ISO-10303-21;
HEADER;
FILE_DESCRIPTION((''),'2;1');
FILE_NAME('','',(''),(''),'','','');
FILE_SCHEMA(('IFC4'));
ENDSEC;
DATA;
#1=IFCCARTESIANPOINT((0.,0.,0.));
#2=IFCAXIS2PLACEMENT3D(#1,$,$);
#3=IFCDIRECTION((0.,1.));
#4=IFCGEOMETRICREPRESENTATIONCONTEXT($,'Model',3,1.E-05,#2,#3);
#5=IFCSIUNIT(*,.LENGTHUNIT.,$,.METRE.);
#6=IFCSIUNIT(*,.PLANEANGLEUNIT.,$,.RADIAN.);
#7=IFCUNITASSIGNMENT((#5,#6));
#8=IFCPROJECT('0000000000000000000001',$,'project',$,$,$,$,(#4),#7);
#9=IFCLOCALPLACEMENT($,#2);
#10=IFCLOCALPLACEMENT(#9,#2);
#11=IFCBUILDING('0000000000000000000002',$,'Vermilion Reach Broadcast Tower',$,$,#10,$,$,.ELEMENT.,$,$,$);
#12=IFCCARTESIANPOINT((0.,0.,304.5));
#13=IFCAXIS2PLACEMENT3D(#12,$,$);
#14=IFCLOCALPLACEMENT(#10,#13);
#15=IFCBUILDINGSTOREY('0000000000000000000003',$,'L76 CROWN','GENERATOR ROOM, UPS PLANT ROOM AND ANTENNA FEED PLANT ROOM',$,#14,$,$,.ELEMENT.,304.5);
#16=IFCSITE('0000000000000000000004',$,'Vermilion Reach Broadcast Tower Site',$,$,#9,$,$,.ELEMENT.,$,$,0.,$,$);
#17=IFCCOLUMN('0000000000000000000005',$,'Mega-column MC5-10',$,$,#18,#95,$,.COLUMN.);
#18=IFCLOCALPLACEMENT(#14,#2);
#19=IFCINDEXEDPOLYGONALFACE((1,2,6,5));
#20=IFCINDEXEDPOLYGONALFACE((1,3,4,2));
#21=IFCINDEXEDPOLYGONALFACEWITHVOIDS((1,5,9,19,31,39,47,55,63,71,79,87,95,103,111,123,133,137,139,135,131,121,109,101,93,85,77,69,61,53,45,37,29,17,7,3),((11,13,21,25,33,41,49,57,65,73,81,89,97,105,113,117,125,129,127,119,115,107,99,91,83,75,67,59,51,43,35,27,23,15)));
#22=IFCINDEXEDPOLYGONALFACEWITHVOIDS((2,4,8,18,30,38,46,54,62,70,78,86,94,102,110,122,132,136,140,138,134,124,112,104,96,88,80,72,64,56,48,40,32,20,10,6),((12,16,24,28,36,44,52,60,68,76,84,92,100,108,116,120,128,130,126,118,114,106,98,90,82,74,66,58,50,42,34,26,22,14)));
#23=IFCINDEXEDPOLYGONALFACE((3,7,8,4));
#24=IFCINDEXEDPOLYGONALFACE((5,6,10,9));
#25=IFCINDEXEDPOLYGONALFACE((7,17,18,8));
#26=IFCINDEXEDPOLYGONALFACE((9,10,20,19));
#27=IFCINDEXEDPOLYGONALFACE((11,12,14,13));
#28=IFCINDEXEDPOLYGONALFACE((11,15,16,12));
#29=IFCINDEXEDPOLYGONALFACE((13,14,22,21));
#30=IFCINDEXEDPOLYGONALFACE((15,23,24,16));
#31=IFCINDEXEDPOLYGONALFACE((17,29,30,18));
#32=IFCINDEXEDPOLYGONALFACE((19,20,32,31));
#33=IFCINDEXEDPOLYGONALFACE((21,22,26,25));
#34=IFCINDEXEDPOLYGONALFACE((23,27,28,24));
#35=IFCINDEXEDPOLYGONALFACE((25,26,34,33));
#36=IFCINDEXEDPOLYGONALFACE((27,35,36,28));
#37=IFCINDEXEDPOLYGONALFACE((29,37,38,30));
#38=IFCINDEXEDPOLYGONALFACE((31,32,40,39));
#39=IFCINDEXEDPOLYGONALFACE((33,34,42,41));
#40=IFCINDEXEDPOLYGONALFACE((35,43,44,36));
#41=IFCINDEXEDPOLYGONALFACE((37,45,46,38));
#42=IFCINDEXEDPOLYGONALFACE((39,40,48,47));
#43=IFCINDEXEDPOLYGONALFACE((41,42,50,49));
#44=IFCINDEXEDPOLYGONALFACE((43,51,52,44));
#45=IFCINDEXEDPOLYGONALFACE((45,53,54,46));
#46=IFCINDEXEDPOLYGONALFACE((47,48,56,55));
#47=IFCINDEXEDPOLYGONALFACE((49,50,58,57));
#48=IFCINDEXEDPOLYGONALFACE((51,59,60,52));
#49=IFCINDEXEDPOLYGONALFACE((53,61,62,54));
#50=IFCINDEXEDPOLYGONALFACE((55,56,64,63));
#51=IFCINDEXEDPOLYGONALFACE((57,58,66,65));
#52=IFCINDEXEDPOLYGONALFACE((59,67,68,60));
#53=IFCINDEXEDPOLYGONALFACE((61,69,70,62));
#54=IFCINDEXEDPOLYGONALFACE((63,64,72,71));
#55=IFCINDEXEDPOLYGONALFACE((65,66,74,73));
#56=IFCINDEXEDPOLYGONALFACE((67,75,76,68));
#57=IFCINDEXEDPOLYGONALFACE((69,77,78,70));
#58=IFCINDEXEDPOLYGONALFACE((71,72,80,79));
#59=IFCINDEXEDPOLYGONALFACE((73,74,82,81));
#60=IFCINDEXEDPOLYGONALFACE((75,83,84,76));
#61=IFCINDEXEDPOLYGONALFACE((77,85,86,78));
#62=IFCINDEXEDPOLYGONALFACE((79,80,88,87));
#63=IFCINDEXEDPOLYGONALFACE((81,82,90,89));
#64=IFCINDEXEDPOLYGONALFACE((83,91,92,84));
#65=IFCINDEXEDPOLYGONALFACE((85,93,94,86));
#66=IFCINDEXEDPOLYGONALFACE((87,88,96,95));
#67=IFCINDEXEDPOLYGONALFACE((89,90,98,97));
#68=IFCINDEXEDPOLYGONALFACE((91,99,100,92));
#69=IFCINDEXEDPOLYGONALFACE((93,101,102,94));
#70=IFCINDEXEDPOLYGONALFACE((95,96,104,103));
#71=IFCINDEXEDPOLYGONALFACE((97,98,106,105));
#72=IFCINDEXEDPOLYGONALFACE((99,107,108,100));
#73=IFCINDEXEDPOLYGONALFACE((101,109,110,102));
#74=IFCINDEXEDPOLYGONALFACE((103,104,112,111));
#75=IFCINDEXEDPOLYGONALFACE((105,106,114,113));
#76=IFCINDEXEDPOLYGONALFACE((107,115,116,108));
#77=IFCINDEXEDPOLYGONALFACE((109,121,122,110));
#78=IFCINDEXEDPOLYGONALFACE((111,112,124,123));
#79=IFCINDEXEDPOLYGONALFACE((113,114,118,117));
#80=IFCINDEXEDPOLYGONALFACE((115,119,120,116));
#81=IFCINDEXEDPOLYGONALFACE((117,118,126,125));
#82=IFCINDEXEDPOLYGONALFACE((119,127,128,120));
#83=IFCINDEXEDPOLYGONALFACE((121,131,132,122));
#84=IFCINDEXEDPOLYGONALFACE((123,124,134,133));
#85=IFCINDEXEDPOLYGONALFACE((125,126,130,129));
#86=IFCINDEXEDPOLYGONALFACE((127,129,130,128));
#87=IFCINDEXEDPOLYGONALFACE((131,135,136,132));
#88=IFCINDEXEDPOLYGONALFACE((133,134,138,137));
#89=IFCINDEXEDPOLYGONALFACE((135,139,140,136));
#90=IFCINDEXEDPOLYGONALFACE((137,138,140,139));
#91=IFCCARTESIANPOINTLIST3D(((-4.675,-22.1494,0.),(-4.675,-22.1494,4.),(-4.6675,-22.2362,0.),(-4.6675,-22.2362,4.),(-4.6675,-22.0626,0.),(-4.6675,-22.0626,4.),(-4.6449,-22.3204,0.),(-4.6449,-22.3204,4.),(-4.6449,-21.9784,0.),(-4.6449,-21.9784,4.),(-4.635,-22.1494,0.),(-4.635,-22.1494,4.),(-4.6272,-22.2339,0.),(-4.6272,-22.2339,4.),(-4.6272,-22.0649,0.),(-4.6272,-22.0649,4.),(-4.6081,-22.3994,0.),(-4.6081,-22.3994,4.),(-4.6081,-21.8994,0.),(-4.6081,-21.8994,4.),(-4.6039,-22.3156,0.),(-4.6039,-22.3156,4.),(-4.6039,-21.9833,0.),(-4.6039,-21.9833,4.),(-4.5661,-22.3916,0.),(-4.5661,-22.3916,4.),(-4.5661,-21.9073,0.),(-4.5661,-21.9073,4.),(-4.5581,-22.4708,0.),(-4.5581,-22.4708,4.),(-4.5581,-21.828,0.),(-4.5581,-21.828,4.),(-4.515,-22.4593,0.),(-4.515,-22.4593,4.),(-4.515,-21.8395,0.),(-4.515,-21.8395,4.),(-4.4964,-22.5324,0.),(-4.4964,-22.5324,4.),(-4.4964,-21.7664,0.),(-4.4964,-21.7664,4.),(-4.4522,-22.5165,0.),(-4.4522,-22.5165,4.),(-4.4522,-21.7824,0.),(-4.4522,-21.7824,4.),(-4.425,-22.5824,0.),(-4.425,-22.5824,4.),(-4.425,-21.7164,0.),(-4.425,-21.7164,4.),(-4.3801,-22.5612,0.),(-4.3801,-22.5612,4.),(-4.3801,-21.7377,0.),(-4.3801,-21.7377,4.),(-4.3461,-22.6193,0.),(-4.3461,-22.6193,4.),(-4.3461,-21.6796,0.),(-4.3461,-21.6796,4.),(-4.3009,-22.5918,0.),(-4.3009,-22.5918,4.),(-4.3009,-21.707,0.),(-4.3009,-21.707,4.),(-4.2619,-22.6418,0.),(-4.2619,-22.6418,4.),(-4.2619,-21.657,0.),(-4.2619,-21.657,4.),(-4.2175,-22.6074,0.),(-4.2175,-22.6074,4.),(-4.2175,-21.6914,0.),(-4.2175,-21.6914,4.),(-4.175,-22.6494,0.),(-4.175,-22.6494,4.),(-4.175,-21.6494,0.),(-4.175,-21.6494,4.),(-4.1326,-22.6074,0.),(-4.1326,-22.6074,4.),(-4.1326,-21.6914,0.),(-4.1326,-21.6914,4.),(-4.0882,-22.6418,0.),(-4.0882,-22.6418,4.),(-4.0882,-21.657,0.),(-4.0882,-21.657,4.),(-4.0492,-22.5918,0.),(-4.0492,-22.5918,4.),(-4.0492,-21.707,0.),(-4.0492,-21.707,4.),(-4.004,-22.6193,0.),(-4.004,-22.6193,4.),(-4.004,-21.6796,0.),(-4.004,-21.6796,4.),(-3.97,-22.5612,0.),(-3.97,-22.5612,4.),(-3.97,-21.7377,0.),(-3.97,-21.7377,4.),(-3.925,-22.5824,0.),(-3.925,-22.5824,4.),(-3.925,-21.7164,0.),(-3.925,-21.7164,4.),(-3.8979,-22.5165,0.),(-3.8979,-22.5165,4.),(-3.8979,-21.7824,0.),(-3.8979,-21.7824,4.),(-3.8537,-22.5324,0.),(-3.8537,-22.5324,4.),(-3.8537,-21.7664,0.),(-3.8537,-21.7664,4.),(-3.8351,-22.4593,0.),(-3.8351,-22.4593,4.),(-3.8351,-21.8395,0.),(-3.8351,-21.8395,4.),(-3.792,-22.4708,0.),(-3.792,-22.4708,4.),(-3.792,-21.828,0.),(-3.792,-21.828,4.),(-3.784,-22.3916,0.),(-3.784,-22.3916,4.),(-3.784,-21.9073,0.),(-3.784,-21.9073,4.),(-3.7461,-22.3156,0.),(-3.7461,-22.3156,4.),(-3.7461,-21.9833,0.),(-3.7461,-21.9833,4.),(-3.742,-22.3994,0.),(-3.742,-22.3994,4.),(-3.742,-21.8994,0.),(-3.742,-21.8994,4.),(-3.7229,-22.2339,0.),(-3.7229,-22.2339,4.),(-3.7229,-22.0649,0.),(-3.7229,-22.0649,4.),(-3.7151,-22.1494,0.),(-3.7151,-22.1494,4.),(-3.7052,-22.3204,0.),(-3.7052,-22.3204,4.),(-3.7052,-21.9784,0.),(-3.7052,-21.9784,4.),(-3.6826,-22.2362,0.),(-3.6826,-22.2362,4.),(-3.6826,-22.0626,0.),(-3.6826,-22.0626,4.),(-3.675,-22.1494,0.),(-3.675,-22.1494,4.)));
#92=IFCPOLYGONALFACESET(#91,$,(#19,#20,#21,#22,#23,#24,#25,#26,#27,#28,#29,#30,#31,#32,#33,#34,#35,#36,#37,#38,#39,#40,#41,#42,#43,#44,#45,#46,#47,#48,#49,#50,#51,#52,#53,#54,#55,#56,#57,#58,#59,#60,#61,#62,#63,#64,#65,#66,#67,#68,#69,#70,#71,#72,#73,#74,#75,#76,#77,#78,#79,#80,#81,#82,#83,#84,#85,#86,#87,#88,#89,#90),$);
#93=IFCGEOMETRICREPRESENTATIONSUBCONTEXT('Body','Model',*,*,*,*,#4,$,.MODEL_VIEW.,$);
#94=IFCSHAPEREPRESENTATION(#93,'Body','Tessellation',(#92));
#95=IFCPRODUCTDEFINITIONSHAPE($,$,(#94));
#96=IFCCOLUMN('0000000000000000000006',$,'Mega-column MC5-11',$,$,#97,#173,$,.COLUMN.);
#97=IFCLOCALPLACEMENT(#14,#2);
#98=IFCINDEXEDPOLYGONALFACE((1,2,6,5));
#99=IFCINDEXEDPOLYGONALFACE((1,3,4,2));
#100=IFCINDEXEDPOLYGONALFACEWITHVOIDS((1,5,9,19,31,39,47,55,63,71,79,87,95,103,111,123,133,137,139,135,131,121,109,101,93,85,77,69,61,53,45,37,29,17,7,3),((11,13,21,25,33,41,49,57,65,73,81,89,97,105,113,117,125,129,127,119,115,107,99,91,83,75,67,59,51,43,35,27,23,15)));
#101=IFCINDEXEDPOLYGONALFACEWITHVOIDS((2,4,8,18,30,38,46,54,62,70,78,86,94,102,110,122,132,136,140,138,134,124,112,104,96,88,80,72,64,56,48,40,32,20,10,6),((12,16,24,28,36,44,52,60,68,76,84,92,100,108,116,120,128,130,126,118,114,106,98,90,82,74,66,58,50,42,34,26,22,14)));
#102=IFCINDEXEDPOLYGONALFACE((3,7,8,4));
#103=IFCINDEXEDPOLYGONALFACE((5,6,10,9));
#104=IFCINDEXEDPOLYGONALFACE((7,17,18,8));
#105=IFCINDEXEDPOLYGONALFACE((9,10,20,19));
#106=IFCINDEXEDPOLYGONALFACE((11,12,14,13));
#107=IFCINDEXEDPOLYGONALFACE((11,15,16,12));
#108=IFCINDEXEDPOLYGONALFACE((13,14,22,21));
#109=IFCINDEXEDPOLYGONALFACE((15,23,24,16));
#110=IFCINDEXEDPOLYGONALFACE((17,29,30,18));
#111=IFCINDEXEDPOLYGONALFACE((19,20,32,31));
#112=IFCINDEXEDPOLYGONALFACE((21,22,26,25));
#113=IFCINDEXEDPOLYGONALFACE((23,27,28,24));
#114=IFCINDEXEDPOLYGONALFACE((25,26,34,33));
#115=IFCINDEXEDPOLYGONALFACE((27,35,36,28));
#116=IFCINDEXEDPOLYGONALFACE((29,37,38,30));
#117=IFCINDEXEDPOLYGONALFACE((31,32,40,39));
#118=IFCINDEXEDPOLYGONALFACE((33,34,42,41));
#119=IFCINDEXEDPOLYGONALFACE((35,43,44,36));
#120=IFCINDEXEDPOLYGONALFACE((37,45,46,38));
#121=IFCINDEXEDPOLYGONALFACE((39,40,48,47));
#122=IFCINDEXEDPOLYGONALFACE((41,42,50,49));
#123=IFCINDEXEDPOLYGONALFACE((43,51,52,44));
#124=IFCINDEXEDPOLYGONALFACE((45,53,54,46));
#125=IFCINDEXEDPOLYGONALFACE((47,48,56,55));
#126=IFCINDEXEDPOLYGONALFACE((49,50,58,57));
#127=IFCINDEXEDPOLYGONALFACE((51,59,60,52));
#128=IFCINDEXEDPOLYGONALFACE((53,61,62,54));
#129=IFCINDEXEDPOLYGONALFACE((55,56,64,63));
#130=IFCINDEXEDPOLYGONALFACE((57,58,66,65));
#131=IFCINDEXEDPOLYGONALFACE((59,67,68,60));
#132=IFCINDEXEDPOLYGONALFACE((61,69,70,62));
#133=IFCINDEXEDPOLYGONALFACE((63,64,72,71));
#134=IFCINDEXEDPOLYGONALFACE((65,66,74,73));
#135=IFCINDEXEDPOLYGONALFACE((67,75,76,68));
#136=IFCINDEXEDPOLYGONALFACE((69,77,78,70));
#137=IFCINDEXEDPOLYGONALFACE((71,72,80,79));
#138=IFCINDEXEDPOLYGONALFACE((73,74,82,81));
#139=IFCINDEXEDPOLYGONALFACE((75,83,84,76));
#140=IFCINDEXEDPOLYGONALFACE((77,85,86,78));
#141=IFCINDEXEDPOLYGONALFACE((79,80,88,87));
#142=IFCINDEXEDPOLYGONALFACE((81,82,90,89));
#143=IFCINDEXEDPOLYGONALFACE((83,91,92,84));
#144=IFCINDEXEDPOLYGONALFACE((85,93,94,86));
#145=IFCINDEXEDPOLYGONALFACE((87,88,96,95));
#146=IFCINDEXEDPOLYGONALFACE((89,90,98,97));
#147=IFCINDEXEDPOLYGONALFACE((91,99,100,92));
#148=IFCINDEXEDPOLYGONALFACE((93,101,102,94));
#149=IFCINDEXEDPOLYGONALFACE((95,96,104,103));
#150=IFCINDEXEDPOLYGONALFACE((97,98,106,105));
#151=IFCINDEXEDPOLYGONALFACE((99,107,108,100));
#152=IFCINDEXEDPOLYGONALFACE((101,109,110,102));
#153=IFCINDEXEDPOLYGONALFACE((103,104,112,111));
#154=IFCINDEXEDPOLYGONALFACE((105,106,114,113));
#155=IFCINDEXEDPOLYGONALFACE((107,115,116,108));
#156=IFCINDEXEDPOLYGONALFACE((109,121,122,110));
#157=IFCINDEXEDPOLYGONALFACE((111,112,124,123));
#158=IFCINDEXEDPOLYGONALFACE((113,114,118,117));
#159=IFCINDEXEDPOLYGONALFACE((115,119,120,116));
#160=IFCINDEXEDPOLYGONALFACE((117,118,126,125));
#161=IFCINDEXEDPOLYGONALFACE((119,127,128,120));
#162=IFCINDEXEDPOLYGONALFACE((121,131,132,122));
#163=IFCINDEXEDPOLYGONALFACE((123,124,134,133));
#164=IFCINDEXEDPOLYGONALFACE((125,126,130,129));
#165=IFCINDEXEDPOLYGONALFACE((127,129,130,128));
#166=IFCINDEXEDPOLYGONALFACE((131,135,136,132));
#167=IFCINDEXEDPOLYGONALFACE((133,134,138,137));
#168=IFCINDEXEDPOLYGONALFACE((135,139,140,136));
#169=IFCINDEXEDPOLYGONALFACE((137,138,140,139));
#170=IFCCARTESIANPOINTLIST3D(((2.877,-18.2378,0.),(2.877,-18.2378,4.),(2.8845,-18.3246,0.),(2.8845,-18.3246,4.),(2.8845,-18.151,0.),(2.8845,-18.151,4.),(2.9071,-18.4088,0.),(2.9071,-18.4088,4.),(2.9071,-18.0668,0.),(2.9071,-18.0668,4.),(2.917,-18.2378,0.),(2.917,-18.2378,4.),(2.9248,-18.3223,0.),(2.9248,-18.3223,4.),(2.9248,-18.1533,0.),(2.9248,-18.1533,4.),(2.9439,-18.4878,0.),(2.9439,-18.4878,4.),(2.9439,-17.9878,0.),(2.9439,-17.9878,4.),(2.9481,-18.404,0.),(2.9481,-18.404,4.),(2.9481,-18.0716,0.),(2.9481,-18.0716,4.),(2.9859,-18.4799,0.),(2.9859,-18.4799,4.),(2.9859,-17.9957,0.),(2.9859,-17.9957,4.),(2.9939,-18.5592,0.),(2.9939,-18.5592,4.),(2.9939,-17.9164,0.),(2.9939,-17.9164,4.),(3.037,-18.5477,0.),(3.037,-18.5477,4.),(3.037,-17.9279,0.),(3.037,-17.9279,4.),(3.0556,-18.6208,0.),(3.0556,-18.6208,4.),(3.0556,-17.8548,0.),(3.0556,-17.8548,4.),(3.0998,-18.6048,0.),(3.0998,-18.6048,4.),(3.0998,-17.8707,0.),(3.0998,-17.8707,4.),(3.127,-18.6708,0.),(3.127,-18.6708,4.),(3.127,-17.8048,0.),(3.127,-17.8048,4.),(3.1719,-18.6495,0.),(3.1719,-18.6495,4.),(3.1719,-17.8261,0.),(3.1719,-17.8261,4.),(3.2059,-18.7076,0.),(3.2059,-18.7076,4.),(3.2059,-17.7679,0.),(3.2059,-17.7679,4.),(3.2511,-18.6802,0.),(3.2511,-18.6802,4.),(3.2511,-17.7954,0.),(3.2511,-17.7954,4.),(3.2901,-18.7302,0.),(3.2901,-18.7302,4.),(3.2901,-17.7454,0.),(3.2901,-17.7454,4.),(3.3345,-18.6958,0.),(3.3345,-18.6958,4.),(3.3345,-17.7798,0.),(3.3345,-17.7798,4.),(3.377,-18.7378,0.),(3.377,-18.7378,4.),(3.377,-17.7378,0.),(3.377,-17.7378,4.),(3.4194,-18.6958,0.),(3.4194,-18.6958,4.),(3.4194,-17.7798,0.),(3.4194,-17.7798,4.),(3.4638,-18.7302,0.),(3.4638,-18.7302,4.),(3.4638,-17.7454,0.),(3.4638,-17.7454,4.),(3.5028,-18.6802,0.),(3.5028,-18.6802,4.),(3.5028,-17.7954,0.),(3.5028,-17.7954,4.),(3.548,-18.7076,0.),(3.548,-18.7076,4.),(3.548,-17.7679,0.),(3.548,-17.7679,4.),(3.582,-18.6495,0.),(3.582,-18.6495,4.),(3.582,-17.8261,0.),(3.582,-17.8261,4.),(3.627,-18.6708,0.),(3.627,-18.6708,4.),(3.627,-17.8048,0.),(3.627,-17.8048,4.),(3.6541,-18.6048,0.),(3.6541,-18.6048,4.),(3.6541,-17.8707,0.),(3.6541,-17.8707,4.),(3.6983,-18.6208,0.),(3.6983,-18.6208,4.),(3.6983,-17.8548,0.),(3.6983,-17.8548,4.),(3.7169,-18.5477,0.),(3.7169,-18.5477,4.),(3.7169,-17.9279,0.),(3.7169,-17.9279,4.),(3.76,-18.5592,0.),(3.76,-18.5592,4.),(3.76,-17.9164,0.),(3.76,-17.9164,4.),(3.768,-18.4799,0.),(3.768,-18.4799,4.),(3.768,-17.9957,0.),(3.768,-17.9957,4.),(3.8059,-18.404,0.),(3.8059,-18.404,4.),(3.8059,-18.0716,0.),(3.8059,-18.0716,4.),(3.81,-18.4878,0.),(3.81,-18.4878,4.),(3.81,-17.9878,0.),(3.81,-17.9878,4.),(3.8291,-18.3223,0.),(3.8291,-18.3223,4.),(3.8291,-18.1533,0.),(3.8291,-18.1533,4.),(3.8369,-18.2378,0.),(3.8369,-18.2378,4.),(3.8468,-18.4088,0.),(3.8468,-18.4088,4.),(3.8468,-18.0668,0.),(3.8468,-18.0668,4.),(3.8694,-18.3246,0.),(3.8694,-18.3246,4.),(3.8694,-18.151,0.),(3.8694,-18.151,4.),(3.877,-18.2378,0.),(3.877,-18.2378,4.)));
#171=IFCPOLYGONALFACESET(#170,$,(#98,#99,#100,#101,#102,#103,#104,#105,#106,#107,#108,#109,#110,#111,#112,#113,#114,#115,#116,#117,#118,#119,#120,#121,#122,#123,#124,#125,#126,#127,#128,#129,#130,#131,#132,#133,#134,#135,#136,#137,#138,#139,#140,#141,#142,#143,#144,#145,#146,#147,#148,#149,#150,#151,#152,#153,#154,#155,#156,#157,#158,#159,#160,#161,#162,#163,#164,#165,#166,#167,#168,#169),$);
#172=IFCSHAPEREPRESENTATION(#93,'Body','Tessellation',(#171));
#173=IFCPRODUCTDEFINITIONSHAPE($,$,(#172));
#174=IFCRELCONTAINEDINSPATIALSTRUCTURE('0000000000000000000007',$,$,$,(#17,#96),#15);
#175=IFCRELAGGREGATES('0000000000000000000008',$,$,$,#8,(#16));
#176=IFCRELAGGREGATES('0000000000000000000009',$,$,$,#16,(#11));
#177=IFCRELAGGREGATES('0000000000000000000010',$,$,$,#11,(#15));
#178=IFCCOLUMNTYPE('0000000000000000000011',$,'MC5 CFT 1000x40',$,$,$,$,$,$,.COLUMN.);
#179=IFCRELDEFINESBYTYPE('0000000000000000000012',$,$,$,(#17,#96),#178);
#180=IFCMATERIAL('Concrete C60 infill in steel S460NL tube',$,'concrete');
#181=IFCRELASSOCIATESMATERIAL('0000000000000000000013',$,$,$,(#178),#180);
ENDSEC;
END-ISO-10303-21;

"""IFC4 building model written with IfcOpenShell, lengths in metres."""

from ifc_helpers import new_model, si_unit, direction, frame, origin, origin_2d, place, context, subcontext, project, spatial, hollow_circle, extrude, material, material_profile, profile_set, type_object, element, save


model = new_model("IFC4")

# Units and contexts
model_context = context("Model", 3, precision=1e-05, world=origin(), true_north=direction((0.0, 1.0)))
body_context = subcontext(model_context, "Body", "Model", "MODEL_VIEW")
ifc_project = project(units=[si_unit("LENGTHUNIT", "METRE"), si_unit("PLANEANGLEUNIT", "RADIAN")], contexts=[model_context])

# Site, building, storey
site_placement = place(None, origin())
site = spatial("IfcSite", under=ifc_project, at=site_placement, Name="Vermilion Reach Broadcast Tower Site", CompositionType="ELEMENT", RefElevation=0.0)
building_placement = place(site_placement, origin())
building = spatial("IfcBuilding", under=site, at=building_placement, Name="Vermilion Reach Broadcast Tower", CompositionType="ELEMENT")
storey_placement = place(building_placement, frame((0.0, 0.0, 304.5)))
storey = spatial("IfcBuildingStorey", under=building, at=storey_placement, Name="L76 CROWN", Description="GENERATOR ROOM, UPS PLANT ROOM AND ANTENNA FEED PLANT ROOM", CompositionType="ELEMENT", Elevation=304.5)

# Columns
ifc_material_1 = material(Name="Concrete C60 infill in steel S460NL tube", Category="concrete")
ifc_material_profile_1 = material_profile(ifc_material_1, hollow_circle(Radius=0.5, WallThickness=0.04, at=origin_2d()), Name="Concrete C60 infill in steel S460NL tube CFT 1000x40")
ifc_profile_set_1 = profile_set([ifc_material_profile_1], Name="Concrete C60 infill in steel S460NL tube")
column_type = type_object("IfcColumnType", Name="MC5 CFT 1000x40", PredefinedType="COLUMN", material=ifc_profile_set_1)
for number, where, z_axis, x_axis, name in (
    (1, (-4.175, -22.1494, 0.0), (0.0, 0.0, 1.0), (1.0, 0.0, 0.0), "Mega-column MC5-10"),
    (2, (3.377, -18.2378, 0.0), (0.0, 0.0, 1.0), (1.0, 0.0, 0.0), "Mega-column MC5-11"),
):
    element("IfcColumn", number, at=place(storey_placement, frame(where, z_axis=z_axis, x_axis=x_axis)), inside=storey, type_object=column_type, Name=name, PredefinedType="COLUMN", context=body_context, shape_type="SweptSolid", body=[
        extrude(hollow_circle(Radius=0.5, WallThickness=0.04, at=origin_2d()), origin(), (0.0, 0.0, 1.0), 4.0),
    ])

save(model, "model.ifc")
